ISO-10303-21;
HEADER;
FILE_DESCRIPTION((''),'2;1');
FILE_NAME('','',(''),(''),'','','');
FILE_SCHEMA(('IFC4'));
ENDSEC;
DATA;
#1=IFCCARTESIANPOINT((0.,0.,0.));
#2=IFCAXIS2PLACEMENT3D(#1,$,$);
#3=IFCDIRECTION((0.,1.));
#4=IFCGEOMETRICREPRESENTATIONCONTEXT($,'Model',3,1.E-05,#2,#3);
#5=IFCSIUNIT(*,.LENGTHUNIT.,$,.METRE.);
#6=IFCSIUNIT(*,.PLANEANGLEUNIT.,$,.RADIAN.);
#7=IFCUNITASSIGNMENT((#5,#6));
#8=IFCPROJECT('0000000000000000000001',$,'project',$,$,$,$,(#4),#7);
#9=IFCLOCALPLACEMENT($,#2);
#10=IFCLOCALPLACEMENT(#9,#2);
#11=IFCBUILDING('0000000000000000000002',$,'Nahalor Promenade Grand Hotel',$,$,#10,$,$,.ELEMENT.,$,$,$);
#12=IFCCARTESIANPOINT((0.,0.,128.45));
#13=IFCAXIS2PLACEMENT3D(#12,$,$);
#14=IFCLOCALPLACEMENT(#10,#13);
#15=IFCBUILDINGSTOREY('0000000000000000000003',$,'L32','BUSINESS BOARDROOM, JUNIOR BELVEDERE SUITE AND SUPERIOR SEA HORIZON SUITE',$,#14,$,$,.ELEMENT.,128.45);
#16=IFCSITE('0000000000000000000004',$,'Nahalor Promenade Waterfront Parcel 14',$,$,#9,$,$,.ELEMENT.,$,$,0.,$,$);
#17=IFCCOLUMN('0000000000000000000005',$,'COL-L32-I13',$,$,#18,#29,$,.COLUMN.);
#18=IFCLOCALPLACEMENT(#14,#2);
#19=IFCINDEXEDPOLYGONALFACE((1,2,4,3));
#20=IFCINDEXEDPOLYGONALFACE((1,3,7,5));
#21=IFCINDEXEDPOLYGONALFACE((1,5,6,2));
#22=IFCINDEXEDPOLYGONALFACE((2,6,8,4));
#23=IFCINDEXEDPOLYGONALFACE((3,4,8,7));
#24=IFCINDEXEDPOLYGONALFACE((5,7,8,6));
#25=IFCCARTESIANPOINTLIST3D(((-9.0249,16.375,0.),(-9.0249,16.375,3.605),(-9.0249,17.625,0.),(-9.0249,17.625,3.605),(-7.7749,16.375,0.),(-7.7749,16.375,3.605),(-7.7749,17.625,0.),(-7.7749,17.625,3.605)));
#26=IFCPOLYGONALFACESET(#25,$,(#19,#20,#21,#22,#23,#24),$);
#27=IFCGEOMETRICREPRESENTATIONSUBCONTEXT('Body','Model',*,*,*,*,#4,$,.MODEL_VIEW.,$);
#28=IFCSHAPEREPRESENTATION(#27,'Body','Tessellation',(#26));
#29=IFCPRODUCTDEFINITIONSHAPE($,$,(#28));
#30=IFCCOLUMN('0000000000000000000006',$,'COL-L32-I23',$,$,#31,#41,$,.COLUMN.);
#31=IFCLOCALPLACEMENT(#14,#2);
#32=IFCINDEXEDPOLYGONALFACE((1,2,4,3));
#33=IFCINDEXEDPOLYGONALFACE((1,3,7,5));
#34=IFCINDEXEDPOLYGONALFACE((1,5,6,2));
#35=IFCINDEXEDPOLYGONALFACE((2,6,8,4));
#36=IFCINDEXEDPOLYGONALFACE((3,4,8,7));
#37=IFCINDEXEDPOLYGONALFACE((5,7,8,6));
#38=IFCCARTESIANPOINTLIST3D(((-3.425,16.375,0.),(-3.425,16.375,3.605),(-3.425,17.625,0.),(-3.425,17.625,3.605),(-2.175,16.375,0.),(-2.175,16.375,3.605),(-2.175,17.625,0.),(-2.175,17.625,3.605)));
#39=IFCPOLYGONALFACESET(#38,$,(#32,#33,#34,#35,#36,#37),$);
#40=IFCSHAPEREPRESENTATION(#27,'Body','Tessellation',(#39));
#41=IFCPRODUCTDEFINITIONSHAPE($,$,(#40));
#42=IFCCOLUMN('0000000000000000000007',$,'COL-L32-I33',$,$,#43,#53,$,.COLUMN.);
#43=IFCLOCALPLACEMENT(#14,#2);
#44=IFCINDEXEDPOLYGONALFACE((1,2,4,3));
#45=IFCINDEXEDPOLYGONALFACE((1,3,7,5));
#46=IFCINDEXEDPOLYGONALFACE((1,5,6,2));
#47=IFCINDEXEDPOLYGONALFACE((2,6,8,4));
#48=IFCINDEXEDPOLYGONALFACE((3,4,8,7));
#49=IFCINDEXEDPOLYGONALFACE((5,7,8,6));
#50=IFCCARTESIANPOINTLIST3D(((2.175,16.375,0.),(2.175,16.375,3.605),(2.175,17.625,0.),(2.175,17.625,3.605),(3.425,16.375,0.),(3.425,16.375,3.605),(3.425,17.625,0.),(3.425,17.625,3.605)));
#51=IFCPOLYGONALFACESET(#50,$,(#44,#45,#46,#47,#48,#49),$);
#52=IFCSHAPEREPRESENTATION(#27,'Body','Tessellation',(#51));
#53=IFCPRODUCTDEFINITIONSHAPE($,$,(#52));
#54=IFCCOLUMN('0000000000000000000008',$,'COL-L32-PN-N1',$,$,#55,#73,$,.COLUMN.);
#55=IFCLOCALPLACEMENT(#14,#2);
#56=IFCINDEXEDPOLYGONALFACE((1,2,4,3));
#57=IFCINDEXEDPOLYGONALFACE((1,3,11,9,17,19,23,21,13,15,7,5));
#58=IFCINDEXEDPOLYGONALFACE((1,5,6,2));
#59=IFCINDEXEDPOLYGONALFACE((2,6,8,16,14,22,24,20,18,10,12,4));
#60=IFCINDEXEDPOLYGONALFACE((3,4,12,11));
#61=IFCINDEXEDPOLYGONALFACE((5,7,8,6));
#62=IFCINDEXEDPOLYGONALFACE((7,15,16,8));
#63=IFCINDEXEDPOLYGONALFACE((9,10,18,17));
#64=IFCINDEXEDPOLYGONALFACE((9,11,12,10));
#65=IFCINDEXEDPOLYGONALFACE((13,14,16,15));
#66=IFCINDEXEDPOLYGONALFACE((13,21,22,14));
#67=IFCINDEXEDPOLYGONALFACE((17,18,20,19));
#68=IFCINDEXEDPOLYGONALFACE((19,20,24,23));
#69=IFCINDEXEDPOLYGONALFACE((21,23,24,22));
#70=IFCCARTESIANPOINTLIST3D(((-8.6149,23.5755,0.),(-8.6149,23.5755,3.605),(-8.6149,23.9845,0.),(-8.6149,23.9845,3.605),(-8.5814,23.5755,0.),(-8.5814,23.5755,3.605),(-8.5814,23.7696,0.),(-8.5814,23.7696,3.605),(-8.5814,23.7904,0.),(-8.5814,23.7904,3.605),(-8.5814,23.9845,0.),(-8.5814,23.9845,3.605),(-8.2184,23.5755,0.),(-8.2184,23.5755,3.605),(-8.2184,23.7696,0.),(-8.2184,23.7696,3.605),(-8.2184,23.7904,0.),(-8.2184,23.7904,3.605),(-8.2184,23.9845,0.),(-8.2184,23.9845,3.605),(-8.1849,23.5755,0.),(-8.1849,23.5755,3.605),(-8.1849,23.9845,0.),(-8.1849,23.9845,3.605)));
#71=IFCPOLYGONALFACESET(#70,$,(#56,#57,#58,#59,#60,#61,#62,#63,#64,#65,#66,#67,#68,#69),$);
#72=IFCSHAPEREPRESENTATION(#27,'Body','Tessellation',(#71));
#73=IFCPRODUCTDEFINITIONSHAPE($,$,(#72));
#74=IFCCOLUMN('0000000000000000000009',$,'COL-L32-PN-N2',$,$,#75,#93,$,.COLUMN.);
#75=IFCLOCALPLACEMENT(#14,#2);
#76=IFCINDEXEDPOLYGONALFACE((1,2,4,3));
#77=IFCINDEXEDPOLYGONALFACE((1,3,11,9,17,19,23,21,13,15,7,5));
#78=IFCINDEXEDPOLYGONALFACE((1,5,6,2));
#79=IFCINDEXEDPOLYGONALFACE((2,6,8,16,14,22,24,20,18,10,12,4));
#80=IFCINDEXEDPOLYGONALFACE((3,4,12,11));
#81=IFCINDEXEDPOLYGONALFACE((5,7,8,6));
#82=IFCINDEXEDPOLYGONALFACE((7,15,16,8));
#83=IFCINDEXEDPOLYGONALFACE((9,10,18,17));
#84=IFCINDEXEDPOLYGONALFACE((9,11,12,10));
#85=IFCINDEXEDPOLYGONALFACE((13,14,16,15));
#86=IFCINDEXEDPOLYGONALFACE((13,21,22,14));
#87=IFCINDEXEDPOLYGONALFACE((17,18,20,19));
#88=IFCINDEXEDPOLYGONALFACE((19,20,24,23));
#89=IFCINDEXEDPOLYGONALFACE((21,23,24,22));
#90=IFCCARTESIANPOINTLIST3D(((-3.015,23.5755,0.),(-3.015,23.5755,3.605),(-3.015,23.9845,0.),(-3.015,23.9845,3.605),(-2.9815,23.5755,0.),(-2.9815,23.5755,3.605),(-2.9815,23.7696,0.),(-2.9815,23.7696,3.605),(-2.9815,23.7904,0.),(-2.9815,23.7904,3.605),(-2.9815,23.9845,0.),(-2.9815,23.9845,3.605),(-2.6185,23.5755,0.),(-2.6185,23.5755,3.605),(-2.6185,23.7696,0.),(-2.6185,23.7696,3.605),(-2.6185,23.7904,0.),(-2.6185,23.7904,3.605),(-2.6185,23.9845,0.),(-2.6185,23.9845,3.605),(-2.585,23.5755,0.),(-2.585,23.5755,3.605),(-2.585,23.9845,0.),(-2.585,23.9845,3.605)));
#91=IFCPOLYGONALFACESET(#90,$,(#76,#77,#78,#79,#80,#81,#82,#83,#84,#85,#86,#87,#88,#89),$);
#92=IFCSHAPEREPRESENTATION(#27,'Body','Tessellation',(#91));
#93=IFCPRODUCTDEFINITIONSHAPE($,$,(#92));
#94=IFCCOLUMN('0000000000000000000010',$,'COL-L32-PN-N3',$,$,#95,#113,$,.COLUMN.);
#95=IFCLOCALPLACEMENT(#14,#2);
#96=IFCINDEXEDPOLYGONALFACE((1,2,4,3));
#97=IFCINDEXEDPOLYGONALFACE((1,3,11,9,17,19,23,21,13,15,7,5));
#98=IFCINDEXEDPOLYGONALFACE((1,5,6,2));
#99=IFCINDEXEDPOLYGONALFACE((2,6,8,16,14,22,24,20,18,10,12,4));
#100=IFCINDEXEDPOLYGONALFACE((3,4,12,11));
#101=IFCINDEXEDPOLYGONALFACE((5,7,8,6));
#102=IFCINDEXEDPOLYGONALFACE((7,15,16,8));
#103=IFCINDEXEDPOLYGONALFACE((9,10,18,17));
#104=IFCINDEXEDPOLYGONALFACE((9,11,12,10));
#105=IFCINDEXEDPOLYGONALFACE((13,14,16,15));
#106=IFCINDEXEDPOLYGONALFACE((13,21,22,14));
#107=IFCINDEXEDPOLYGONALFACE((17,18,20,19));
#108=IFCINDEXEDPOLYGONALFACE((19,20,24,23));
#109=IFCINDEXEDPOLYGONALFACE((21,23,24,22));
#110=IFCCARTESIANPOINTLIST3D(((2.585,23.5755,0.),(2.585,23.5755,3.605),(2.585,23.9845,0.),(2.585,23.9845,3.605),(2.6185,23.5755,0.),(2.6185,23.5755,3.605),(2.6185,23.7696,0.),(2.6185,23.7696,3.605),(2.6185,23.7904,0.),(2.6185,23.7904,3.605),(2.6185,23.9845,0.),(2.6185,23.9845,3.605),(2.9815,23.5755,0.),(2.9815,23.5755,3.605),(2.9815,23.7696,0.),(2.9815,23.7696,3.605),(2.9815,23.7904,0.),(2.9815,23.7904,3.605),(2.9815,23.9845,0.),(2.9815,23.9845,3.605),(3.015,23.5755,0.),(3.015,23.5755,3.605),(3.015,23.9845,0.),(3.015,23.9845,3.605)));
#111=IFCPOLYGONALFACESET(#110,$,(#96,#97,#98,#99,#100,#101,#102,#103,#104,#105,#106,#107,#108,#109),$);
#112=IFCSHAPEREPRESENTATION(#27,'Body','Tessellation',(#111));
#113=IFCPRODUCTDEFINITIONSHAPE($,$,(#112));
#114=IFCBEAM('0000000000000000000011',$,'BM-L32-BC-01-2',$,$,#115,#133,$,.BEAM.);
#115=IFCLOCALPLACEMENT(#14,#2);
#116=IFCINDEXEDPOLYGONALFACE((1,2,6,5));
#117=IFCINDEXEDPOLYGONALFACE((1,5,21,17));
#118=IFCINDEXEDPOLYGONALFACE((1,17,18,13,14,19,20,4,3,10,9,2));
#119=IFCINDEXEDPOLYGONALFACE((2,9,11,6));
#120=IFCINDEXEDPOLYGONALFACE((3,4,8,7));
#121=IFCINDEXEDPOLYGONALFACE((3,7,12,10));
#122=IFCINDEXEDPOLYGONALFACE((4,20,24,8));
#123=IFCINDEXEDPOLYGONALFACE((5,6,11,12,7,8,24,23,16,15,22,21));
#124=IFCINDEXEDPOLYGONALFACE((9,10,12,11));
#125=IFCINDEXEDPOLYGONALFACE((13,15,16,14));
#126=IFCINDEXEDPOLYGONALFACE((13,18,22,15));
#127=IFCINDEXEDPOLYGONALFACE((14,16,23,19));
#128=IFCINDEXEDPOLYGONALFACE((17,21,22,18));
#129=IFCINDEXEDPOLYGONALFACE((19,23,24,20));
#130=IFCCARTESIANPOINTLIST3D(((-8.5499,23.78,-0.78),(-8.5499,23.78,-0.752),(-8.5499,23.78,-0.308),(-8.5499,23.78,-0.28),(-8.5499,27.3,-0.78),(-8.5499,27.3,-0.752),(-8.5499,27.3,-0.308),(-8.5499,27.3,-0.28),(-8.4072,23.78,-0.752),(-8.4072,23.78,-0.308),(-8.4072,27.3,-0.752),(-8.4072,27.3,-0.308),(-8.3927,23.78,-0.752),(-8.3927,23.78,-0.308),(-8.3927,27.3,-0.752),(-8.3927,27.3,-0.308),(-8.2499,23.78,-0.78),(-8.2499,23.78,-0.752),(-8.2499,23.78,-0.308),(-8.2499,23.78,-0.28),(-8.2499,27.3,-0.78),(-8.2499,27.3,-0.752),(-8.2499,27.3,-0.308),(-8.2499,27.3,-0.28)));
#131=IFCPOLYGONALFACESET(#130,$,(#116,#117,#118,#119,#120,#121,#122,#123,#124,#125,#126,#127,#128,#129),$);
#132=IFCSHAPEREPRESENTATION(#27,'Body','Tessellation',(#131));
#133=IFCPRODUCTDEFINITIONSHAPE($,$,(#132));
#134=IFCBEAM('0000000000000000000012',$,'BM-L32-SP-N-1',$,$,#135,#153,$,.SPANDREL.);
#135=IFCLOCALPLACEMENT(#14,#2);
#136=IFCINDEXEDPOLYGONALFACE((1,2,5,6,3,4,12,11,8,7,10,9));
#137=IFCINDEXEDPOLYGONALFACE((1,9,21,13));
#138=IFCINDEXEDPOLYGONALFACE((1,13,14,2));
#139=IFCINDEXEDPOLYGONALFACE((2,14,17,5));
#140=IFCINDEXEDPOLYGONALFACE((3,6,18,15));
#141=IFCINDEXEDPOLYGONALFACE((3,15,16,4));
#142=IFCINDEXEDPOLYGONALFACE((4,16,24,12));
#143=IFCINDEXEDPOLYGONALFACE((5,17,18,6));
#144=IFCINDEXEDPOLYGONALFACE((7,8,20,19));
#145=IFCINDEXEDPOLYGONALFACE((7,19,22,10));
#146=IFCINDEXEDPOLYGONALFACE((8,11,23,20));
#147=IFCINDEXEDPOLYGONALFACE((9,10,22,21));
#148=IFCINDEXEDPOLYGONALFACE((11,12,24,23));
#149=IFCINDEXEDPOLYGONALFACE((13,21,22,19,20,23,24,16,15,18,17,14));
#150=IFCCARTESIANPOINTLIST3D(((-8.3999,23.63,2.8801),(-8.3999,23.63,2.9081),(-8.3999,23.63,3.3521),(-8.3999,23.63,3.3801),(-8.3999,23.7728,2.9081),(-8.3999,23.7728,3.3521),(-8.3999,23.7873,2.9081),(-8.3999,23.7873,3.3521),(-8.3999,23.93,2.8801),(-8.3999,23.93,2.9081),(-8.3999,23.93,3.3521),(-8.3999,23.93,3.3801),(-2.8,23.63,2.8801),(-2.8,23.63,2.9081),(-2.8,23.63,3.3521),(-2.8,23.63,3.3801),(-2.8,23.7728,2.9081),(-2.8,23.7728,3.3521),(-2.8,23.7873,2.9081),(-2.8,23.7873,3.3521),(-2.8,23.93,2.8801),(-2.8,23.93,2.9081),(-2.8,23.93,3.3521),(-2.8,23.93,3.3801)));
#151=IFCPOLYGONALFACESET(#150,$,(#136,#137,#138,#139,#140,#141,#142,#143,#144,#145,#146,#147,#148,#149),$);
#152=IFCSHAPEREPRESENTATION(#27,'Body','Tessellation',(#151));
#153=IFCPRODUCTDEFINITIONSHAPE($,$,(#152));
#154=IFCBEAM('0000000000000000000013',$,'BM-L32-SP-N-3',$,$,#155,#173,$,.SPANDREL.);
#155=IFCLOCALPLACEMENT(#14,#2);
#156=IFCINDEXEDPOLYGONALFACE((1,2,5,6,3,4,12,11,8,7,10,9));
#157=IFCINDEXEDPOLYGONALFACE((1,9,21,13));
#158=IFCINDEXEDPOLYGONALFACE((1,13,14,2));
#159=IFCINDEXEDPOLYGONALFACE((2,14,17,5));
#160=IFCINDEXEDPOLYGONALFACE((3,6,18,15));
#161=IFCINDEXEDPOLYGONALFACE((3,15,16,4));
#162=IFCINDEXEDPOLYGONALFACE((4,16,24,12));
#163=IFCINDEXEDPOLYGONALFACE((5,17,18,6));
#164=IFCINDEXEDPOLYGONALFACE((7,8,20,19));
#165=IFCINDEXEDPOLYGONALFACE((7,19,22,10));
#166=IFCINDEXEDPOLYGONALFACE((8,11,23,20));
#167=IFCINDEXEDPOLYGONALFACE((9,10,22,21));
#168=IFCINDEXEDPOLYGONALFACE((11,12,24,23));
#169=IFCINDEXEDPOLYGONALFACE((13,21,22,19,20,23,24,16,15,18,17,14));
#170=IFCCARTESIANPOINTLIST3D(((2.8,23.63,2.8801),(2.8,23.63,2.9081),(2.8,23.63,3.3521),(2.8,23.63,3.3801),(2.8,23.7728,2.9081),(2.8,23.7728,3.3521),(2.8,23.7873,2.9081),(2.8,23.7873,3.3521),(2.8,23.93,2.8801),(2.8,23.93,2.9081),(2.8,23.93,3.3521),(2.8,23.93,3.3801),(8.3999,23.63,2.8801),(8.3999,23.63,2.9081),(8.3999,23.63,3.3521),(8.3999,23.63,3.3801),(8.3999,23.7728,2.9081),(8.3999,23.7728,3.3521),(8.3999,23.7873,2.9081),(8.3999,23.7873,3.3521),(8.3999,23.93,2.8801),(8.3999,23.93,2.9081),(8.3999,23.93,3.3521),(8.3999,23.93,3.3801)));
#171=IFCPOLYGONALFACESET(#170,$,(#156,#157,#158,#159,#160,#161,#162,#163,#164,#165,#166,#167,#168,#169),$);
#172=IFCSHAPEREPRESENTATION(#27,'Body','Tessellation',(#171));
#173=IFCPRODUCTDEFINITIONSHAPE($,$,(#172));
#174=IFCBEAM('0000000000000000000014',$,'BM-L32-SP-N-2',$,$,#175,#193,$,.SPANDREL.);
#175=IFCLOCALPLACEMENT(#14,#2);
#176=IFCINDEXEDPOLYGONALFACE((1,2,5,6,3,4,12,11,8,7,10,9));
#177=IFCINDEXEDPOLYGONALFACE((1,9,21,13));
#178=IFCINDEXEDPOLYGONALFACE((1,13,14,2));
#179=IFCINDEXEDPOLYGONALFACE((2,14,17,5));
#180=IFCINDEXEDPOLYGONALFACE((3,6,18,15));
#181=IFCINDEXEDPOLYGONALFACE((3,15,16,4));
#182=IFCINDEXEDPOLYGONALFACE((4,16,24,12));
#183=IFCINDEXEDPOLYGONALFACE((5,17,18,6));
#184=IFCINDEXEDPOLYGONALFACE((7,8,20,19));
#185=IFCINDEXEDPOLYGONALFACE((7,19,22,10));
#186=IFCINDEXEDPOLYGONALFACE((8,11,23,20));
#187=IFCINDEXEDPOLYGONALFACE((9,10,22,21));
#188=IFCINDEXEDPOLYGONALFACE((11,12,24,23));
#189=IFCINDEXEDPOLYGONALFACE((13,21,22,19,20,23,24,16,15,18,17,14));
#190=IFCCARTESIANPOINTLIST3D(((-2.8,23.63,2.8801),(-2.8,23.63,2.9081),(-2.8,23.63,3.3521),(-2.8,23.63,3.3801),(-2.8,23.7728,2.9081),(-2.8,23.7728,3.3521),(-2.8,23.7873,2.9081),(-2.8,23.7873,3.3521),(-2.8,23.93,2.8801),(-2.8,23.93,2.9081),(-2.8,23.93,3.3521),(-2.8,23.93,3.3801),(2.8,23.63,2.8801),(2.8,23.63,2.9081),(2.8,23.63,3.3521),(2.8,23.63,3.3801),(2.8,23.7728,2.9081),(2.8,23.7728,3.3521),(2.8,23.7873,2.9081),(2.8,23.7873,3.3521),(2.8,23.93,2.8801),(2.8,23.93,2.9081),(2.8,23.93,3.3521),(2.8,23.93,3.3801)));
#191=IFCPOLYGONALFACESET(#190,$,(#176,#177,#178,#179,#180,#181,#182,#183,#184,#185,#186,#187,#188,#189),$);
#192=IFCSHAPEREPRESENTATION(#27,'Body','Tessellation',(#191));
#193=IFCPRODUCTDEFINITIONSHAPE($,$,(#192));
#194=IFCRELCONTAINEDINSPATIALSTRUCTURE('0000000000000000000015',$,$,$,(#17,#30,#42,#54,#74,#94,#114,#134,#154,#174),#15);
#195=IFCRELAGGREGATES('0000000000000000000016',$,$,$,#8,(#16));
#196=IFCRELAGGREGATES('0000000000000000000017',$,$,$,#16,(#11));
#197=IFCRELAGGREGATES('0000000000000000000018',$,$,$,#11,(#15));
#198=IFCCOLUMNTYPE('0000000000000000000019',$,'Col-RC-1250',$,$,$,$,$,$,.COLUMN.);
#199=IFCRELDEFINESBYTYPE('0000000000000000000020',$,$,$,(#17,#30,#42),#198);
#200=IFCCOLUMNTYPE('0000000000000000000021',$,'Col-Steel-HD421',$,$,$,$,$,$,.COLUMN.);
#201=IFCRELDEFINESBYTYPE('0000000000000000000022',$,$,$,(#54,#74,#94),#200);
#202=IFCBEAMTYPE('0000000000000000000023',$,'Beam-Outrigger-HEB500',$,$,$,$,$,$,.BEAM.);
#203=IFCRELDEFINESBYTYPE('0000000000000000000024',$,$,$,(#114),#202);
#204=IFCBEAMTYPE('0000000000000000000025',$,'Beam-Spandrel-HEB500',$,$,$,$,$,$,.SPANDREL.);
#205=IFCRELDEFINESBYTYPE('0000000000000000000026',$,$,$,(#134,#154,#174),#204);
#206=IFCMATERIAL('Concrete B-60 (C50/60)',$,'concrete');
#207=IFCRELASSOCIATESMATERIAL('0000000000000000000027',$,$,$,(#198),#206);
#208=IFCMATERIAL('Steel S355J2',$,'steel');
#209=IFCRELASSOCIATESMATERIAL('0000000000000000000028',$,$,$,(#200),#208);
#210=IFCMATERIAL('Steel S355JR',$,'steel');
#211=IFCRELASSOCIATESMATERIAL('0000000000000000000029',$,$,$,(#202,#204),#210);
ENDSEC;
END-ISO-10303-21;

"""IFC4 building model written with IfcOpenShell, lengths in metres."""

from ifc_helpers import new_model, si_unit, direction, frame, origin, origin_2d, place, context, subcontext, project, spatial, rectangle, i_section, extrude, source, transform, mapped, material, material_profile, profile_set, type_object, element, save


model = new_model("IFC4")

# Units and contexts
model_context = context("Model", 3, precision=1e-05, world=origin(), true_north=direction((0.0, 1.0)))
body_context = subcontext(model_context, "Body", "Model", "MODEL_VIEW")
ifc_project = project(units=[si_unit("LENGTHUNIT", "METRE"), si_unit("PLANEANGLEUNIT", "RADIAN")], contexts=[model_context])

# Site, building, storey
site_placement = place(None, origin())
site = spatial("IfcSite", under=ifc_project, at=site_placement, Name="Nahalor Promenade Waterfront Parcel 14", CompositionType="ELEMENT", RefElevation=0.0)
building_placement = place(site_placement, origin())
building = spatial("IfcBuilding", under=site, at=building_placement, Name="Nahalor Promenade Grand Hotel", CompositionType="ELEMENT")
storey_placement = place(building_placement, frame((0.0, 0.0, 128.45)))
storey = spatial("IfcBuildingStorey", under=building, at=storey_placement, Name="L32", Description="BUSINESS BOARDROOM, JUNIOR BELVEDERE SUITE AND SUPERIOR SEA HORIZON SUITE", CompositionType="ELEMENT", Elevation=128.45)

# Columns
ifc_material_1 = material(Name="Concrete B-60 (C50/60)", Category="concrete")
ifc_material_profile_1 = material_profile(ifc_material_1, rectangle(XDim=1.25, YDim=1.25, at=origin_2d()), Name="RC 1250x1250")
ifc_profile_set_1 = profile_set([ifc_material_profile_1], Name="Concrete B-60 (C50/60)")
column_type_1 = type_object("IfcColumnType", Name="Col-RC-1250", PredefinedType="COLUMN", material=ifc_profile_set_1)
shared_shape_1 = source(origin(), body_context, "Body", "SweptSolid", [
    extrude(rectangle(XDim=1.25, YDim=1.25, at=origin_2d()), origin(), (0.0, 0.0, 1.0), 3.605),
])
for number, where, z_axis, x_axis, name in (
    (1, (-8.3999, 17.0, 0.0), (0.0, 0.0, 1.0), (1.0, 0.0, 0.0), "COL-L32-I13"),
    (2, (-2.8, 17.0, 0.0), (0.0, 0.0, 1.0), (1.0, 0.0, 0.0), "COL-L32-I23"),
    (3, (2.8, 17.0, 0.0), (0.0, 0.0, 1.0), (1.0, 0.0, 0.0), "COL-L32-I33"),
):
    element("IfcColumn", number, at=place(storey_placement, frame(where, z_axis=z_axis, x_axis=x_axis)), inside=storey, type_object=column_type_1, Name=name, PredefinedType="COLUMN", context=body_context, shape_type="MappedRepresentation", body=[
        mapped(shared_shape_1, transform((0.0, 0.0, 0.0), scale=1.0)),
    ])
ifc_material_2 = material(Name="Steel S355J2", Category="steel")
ifc_material_profile_2 = material_profile(ifc_material_2, i_section(OverallWidth=0.409, OverallDepth=0.43, WebThickness=0.0208, FlangeThickness=0.0335, at=origin_2d()), Name="HD 400x421")
ifc_profile_set_2 = profile_set([ifc_material_profile_2], Name="Steel S355J2")
column_type_2 = type_object("IfcColumnType", Name="Col-Steel-HD421", PredefinedType="COLUMN", material=ifc_profile_set_2)
shared_shape_2 = source(origin(), body_context, "Body", "SweptSolid", [
    extrude(i_section(OverallWidth=0.409, OverallDepth=0.43, WebThickness=0.0208, FlangeThickness=0.0335, at=origin_2d()), origin(), (0.0, 0.0, 1.0), 3.605),
])
for number, where, z_axis, x_axis, name in (
    (4, (-8.3999, 23.78, 0.0), (0.0, 0.0, 1.0), (0.0, 1.0, 0.0), "COL-L32-PN-N1"),
    (5, (-2.8, 23.78, 0.0), (0.0, 0.0, 1.0), (0.0, 1.0, 0.0), "COL-L32-PN-N2"),
    (6, (2.8, 23.78, 0.0), (0.0, 0.0, 1.0), (0.0, 1.0, 0.0), "COL-L32-PN-N3"),
):
    element("IfcColumn", number, at=place(storey_placement, frame(where, z_axis=z_axis, x_axis=x_axis)), inside=storey, type_object=column_type_2, Name=name, PredefinedType="COLUMN", context=body_context, shape_type="MappedRepresentation", body=[
        mapped(shared_shape_2, transform((0.0, 0.0, 0.0), scale=1.0)),
    ])

# Beams
ifc_material_3 = material(Name="Steel S355JR", Category="steel")
ifc_material_profile_3 = material_profile(ifc_material_3, i_section(OverallWidth=0.3, OverallDepth=0.5, WebThickness=0.0145, FlangeThickness=0.028, at=origin_2d()), Name="HEB 500")
ifc_profile_set_3 = profile_set([ifc_material_profile_3], Name="Steel S355JR")
beam_type_1 = type_object("IfcBeamType", Name="Beam-Outrigger-HEB500", PredefinedType="BEAM", material=ifc_profile_set_3)
shared_shape_3 = source(origin(), body_context, "Body", "SweptSolid", [
    extrude(i_section(OverallWidth=0.3, OverallDepth=0.5, WebThickness=0.0145, FlangeThickness=0.028, at=origin_2d()), origin(), (0.0, 0.0, 1.0), 3.52),
])
beam_1_placement = place(storey_placement, frame((-8.3999, 23.78, -0.53), z_axis=(0.0, 1.0, 0.0), x_axis=(-1.0, 0.0, 0.0)))
element("IfcBeam", 7, at=beam_1_placement, inside=storey, type_object=beam_type_1, Name="BM-L32-BC-01-2", PredefinedType="BEAM", context=body_context, shape_type="MappedRepresentation", body=[
    mapped(shared_shape_3, transform((0.0, 0.0, 0.0), scale=1.0)),
])
ifc_material_profile_4 = material_profile(ifc_material_3, i_section(OverallWidth=0.3, OverallDepth=0.5, WebThickness=0.0145, FlangeThickness=0.028, at=origin_2d()), Name="HEB 500")
ifc_profile_set_4 = profile_set([ifc_material_profile_4], Name="Steel S355JR")
beam_type_2 = type_object("IfcBeamType", Name="Beam-Spandrel-HEB500", PredefinedType="SPANDREL", material=ifc_profile_set_4)
shared_shape_4 = source(origin(), body_context, "Body", "SweptSolid", [
    extrude(i_section(OverallWidth=0.3, OverallDepth=0.5, WebThickness=0.0145, FlangeThickness=0.028, at=origin_2d()), origin(), (0.0, 0.0, 1.0), 5.5999),
])
for number, where, z_axis, x_axis, name in (
    (8, (-8.3999, 23.78, 3.1301), (1.0, 0.0, 0.0), (0.0, 1.0, 0.0), "BM-L32-SP-N-1"),
    (9, (2.8, 23.78, 3.1301), (1.0, 0.0, 0.0), (0.0, 1.0, 0.0), "BM-L32-SP-N-3"),
):
    element("IfcBeam", number, at=place(storey_placement, frame(where, z_axis=z_axis, x_axis=x_axis)), inside=storey, type_object=beam_type_2, Name=name, PredefinedType="SPANDREL", context=body_context, shape_type="MappedRepresentation", body=[
        mapped(shared_shape_4, transform((0.0, 0.0, 0.0), scale=1.0)),
    ])
shared_shape_5 = source(origin(), body_context, "Body", "SweptSolid", [
    extrude(i_section(OverallWidth=0.3, OverallDepth=0.5, WebThickness=0.0145, FlangeThickness=0.028, at=origin_2d()), origin(), (0.0, 0.0, 1.0), 5.6001),
])
beam_2_placement = place(storey_placement, frame((-2.8, 23.78, 3.1301), z_axis=(1.0, 0.0, 0.0), x_axis=(0.0, 1.0, 0.0)))
element("IfcBeam", 10, at=beam_2_placement, inside=storey, type_object=beam_type_2, Name="BM-L32-SP-N-2", PredefinedType="SPANDREL", context=body_context, shape_type="MappedRepresentation", body=[
    mapped(shared_shape_5, transform((0.0, 0.0, 0.0), scale=1.0)),
])

save(model, "model.ifc")
